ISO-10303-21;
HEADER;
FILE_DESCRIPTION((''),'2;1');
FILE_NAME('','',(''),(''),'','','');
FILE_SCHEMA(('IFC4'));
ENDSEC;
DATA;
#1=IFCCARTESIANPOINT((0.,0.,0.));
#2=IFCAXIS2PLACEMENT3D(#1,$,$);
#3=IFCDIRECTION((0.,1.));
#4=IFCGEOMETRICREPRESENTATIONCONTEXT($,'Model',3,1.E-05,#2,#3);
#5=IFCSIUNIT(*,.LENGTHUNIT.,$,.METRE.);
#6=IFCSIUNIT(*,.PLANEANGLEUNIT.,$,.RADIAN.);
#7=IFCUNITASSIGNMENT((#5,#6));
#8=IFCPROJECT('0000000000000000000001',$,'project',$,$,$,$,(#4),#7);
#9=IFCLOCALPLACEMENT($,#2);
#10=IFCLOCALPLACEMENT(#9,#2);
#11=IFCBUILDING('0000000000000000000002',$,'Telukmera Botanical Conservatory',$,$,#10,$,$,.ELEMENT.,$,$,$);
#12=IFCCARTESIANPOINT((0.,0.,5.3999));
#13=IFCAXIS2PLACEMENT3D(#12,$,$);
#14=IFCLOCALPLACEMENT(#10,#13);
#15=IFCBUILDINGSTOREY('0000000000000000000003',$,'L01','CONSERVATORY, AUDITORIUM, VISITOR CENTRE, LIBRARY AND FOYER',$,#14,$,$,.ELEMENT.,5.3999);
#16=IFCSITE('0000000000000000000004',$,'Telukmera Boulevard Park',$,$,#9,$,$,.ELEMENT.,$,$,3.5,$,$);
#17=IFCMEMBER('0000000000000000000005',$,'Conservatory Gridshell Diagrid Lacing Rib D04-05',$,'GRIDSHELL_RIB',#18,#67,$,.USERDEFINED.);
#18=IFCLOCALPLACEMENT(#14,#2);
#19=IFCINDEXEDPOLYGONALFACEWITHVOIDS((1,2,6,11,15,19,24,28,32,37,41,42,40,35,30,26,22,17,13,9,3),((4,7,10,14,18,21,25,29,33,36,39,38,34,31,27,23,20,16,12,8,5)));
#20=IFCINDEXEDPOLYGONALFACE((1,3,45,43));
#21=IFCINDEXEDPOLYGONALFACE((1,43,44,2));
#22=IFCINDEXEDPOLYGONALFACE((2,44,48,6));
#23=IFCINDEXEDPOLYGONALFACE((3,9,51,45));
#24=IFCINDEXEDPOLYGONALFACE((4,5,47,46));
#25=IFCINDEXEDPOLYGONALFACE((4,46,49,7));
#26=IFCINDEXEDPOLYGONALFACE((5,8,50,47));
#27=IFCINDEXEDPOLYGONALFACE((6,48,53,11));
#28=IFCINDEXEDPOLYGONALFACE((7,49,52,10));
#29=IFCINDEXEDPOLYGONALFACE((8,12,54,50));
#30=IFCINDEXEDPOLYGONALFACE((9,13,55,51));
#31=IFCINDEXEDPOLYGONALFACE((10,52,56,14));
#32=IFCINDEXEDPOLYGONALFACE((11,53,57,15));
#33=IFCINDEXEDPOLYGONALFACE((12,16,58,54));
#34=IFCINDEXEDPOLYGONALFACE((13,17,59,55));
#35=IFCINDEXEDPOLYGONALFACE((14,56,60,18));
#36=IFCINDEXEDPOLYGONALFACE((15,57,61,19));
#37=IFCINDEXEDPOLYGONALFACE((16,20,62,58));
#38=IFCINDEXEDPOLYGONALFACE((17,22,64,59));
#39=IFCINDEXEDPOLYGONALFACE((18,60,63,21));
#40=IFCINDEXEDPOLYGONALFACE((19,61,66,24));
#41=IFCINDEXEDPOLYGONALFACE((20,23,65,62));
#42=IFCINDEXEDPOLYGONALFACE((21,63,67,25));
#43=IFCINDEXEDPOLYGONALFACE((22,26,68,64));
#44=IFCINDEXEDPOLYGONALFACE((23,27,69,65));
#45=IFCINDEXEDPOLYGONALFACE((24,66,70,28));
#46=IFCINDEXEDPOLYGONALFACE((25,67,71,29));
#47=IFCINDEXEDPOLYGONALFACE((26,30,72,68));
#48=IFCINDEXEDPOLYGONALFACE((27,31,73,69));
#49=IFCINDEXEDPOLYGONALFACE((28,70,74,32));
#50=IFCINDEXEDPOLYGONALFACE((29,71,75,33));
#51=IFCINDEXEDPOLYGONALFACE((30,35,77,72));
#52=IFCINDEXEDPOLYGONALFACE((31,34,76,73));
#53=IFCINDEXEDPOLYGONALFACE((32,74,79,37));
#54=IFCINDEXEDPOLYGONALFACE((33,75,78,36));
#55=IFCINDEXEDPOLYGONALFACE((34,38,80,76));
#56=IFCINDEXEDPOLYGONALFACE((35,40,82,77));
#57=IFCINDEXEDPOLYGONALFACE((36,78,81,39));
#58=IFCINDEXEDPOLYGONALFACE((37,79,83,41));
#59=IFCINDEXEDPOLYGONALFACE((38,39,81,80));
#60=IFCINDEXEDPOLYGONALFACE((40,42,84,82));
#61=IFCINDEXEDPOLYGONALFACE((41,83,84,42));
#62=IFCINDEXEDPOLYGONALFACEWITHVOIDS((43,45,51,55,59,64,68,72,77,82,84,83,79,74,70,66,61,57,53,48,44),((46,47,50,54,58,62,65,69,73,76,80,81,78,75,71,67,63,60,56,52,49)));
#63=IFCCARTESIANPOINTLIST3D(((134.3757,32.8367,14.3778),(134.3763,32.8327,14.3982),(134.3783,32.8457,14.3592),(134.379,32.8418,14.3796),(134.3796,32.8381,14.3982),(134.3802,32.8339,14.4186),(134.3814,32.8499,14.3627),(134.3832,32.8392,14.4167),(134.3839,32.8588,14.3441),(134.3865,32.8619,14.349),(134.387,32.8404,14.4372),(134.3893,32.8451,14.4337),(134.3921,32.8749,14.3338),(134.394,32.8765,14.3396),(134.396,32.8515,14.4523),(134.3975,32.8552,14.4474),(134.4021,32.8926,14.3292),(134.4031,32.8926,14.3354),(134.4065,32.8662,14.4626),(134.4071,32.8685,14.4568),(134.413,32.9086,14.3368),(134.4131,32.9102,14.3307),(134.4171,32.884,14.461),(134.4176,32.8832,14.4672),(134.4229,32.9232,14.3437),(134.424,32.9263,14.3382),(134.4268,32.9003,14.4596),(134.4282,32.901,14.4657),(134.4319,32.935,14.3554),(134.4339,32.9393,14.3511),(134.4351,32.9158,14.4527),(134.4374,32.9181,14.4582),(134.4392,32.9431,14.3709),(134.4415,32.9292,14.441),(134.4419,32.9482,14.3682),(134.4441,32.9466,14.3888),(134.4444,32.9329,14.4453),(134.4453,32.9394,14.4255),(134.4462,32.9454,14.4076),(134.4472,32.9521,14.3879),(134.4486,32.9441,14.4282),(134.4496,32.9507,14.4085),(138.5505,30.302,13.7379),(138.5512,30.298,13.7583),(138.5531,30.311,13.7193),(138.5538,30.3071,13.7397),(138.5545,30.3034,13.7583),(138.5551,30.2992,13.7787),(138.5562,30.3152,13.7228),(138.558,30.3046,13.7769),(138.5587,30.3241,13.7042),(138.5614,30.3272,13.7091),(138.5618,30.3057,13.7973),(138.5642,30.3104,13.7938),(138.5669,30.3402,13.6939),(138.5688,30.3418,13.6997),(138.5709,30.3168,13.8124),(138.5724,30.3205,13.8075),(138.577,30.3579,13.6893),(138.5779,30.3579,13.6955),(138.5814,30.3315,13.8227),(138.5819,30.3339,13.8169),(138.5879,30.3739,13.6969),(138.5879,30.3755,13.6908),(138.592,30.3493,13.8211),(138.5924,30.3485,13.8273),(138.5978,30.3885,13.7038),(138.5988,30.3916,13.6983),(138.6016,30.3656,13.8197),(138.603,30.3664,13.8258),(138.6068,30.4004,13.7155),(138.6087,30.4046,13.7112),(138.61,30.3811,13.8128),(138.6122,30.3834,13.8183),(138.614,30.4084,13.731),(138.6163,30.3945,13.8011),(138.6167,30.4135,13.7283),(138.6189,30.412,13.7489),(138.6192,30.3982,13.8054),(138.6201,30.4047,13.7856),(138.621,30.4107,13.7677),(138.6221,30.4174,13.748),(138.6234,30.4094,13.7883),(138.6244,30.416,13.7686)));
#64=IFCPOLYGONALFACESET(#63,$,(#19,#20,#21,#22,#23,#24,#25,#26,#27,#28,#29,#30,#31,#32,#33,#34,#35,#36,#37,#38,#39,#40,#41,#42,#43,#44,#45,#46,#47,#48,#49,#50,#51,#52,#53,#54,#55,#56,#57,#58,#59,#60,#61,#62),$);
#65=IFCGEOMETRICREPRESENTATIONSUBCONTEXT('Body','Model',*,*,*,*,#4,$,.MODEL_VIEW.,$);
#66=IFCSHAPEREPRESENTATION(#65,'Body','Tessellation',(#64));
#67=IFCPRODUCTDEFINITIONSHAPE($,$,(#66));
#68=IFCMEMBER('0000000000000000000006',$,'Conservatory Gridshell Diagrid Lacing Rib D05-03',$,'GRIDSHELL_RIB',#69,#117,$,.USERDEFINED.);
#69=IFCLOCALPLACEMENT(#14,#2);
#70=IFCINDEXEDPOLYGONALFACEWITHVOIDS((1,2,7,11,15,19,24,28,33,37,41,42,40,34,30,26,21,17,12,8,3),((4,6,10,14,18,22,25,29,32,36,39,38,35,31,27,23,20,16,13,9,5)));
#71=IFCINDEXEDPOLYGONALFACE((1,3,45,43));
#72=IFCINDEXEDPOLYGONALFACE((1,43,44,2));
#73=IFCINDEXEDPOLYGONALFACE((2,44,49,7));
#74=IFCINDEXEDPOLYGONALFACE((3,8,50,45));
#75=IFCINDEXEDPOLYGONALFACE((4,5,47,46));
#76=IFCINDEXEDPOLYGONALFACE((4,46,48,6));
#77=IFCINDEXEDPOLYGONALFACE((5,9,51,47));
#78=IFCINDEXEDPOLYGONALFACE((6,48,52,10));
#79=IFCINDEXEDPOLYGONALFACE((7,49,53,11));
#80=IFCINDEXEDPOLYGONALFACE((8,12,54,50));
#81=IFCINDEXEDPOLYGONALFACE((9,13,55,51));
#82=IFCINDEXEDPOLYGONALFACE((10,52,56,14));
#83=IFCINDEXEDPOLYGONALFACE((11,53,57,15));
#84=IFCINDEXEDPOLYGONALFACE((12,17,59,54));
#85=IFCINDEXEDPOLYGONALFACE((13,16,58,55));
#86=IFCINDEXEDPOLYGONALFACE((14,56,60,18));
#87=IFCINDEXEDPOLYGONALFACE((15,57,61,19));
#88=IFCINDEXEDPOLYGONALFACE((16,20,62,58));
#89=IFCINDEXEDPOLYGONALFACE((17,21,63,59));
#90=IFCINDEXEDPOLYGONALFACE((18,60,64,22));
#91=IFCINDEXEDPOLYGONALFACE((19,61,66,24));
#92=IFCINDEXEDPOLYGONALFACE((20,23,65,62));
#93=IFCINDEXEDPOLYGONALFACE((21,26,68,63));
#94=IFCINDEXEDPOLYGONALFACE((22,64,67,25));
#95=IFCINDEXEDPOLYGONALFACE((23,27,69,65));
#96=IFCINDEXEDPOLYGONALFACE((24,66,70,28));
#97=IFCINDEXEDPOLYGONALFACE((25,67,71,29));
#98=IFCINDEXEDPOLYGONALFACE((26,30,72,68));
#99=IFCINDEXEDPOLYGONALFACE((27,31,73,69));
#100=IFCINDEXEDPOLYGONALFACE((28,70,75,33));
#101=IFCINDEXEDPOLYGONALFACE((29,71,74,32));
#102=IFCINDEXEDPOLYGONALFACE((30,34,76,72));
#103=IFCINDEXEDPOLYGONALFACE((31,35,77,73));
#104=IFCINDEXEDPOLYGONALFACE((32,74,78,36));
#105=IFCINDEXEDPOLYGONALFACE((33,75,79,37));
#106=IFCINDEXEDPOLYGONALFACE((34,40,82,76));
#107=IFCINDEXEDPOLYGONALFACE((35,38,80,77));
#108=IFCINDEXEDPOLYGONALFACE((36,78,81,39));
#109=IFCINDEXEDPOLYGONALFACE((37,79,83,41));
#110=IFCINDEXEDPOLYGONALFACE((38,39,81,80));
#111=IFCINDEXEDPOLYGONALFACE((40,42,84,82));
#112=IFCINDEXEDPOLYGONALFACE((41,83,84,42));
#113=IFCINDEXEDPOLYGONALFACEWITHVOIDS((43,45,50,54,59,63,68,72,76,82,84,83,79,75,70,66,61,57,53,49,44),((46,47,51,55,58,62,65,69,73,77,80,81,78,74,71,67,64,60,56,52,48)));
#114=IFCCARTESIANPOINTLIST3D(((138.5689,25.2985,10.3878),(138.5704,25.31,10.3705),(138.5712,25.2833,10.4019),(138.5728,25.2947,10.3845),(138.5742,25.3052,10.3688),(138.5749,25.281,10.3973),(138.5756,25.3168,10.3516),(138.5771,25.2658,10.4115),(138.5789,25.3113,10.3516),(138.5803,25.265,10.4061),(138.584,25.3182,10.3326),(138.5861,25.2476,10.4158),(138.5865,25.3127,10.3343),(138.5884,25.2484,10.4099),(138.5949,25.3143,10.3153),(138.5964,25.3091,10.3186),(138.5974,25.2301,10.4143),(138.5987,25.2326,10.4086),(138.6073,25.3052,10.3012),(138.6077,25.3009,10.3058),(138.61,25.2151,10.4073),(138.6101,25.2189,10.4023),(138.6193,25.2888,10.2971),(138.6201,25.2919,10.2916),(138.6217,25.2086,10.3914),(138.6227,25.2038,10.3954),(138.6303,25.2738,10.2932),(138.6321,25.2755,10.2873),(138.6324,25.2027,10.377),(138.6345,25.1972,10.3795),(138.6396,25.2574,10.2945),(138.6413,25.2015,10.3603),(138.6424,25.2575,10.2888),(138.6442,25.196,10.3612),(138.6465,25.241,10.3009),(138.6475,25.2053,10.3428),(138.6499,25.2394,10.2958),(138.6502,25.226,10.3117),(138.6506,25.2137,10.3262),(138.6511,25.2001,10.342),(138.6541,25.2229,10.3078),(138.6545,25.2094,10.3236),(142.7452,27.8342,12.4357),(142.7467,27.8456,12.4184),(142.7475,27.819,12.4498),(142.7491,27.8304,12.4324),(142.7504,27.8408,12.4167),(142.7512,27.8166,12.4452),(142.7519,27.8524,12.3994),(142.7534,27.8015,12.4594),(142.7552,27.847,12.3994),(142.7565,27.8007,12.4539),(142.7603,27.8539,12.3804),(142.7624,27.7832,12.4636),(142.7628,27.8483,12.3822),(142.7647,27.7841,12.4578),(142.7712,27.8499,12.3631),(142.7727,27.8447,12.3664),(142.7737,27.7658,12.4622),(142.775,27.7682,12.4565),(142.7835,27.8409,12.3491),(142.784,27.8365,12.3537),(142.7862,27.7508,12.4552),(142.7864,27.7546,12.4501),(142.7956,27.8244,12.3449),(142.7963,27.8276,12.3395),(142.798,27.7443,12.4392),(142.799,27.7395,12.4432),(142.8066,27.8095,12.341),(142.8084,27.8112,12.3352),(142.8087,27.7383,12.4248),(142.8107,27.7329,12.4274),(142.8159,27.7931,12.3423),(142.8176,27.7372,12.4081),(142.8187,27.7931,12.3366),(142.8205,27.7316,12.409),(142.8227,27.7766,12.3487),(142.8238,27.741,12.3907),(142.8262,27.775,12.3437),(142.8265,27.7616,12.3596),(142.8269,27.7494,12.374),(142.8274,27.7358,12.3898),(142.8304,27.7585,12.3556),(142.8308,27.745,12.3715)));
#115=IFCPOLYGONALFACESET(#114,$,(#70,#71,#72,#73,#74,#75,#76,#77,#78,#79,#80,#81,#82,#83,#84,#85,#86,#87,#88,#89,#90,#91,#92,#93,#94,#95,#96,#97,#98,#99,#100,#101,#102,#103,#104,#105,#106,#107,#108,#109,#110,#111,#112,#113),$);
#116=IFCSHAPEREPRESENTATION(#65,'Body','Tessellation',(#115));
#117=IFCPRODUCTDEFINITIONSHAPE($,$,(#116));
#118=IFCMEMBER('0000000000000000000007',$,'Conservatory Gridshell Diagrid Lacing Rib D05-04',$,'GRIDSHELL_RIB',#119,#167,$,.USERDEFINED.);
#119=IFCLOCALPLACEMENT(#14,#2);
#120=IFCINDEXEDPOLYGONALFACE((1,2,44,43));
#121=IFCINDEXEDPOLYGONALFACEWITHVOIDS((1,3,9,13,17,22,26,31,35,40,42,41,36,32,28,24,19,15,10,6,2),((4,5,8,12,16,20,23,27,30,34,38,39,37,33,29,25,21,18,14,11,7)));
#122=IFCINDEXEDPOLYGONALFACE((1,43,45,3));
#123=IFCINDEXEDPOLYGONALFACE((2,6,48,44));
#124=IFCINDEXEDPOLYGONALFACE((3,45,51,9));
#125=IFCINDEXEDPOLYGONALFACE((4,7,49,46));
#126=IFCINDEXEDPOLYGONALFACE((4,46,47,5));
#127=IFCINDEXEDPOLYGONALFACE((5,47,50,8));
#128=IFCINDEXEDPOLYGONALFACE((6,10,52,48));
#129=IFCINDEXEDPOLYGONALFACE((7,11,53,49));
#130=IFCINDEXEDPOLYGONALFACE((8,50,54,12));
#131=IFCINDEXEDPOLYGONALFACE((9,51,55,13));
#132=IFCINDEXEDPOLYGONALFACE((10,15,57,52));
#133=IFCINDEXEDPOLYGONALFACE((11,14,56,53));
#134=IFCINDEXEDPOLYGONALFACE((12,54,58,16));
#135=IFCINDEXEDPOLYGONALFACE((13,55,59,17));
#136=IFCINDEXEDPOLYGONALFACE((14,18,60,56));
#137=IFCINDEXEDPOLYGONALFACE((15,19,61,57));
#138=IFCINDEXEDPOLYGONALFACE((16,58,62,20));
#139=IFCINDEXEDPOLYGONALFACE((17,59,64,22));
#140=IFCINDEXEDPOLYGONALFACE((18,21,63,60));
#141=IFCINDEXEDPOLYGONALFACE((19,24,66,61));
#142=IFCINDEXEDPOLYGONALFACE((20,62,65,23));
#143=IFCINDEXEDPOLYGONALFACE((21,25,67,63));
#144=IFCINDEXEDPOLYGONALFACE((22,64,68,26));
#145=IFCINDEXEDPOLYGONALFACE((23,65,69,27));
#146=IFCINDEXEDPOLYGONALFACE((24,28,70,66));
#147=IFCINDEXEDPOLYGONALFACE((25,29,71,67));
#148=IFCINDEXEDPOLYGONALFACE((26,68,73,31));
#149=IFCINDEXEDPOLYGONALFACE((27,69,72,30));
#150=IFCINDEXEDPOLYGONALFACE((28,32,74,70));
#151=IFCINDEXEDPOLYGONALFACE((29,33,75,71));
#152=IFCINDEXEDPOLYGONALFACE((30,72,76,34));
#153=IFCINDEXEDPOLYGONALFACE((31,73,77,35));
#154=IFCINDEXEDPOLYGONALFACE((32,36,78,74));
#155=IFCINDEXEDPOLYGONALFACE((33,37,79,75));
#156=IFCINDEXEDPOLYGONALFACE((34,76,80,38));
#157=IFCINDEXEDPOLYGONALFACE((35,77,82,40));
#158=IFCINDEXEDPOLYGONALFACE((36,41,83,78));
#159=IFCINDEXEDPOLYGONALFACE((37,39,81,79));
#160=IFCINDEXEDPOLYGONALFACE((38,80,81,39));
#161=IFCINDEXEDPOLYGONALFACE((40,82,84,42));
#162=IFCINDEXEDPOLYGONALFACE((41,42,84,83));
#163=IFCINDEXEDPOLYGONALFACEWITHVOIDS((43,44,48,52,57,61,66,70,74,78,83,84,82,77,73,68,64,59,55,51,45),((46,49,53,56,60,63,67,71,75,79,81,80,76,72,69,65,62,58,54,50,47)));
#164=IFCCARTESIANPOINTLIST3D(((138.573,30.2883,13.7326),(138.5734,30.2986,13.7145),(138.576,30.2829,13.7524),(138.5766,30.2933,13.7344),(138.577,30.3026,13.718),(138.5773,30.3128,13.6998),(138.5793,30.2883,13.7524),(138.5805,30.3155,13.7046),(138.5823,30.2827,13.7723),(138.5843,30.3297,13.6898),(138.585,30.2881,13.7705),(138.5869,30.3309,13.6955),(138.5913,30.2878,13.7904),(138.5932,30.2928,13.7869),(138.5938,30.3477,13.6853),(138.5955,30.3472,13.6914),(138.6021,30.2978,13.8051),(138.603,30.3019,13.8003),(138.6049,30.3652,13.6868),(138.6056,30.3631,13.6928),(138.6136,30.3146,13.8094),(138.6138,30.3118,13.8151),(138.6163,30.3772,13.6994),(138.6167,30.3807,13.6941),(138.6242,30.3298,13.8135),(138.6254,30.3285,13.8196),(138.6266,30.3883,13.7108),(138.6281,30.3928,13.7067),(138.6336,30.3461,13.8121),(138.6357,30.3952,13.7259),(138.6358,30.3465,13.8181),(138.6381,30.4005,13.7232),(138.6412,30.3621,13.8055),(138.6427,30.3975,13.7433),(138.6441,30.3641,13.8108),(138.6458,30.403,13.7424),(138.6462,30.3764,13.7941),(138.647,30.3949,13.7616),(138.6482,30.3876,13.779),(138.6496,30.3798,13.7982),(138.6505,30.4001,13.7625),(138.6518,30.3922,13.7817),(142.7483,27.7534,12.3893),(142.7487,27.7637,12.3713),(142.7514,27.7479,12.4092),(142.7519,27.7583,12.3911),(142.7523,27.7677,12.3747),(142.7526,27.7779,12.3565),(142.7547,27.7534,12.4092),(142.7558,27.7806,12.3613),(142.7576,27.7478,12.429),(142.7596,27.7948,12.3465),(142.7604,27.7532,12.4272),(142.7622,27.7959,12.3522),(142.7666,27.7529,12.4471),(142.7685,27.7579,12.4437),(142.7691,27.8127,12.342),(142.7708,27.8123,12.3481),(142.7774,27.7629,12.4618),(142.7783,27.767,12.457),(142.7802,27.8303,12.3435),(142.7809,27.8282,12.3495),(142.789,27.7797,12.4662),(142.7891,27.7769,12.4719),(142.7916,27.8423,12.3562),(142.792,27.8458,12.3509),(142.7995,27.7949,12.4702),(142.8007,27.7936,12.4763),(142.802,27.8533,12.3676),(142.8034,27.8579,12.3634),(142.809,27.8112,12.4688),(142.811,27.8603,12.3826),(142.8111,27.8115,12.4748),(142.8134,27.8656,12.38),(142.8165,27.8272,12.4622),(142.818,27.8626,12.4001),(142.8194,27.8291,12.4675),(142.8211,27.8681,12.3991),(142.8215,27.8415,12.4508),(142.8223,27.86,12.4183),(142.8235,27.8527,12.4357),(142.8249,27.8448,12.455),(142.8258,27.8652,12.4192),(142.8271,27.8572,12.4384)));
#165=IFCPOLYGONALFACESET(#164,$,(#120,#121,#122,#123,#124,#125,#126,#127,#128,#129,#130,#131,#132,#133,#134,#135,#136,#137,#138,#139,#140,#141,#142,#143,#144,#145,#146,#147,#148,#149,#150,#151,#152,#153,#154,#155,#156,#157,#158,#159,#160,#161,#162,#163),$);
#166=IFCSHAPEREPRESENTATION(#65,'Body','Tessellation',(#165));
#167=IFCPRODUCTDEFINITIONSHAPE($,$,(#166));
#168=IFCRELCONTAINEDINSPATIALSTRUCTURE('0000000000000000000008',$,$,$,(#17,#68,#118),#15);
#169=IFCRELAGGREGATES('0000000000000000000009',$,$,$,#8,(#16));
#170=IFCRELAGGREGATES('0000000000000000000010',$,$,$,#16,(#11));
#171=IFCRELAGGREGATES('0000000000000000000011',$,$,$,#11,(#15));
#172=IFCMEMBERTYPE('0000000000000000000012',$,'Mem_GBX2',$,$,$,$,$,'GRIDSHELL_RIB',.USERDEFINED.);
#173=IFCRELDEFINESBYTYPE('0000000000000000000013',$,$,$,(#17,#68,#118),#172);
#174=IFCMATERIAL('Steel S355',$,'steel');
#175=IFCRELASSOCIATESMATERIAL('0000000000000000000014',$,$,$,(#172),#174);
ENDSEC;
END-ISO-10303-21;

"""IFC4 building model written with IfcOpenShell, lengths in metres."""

from ifc_helpers import new_model, si_unit, direction, frame, origin, origin_2d, place, context, subcontext, project, spatial, hollow_circle, extrude, material, material_profile, profile_set, type_object, element, save


model = new_model("IFC4")

# Units and contexts
model_context = context("Model", 3, precision=1e-05, world=origin(), true_north=direction((0.0, 1.0)))
body_context = subcontext(model_context, "Body", "Model", "MODEL_VIEW")
ifc_project = project(units=[si_unit("LENGTHUNIT", "METRE"), si_unit("PLANEANGLEUNIT", "RADIAN")], contexts=[model_context])

# Site, building, storey
site_placement = place(None, origin())
site = spatial("IfcSite", under=ifc_project, at=site_placement, Name="Telukmera Boulevard Park", CompositionType="ELEMENT", RefElevation=3.5)
building_placement = place(site_placement, origin())
building = spatial("IfcBuilding", under=site, at=building_placement, Name="Telukmera Botanical Conservatory", CompositionType="ELEMENT")
storey_placement = place(building_placement, frame((0.0, 0.0, 5.3999)))
storey = spatial("IfcBuildingStorey", under=building, at=storey_placement, Name="L01", Description="CONSERVATORY, AUDITORIUM, VISITOR CENTRE, LIBRARY AND FOYER", CompositionType="ELEMENT", Elevation=5.3999)

# Shared definitions
ifc_material = material(Name="Steel S355", Category="steel")

# Members
ifc_material_profile_1 = material_profile(ifc_material, hollow_circle(Radius=0.0698, WallThickness=0.0063, at=origin_2d()), Name="CHS 139.7x6.3")
ifc_profile_set_1 = profile_set([ifc_material_profile_1], Name="Steel S355")
member_type_1 = type_object("IfcMemberType", Name="Mem_GBX2", ElementType="GRIDSHELL_RIB", PredefinedType="USERDEFINED", material=ifc_profile_set_1)
member_1_placement = place(storey_placement, frame((138.5874, 30.3577, 13.7583), z_axis=(-0.847547, 0.514575, 0.129908), x_axis=(-0.518973, -0.854791, 0.0)))
element("IfcMember", 1, at=member_1_placement, inside=storey, type_object=member_type_1, Name="Conservatory Gridshell Diagrid Lacing Rib D04-05", ObjectType="GRIDSHELL_RIB", PredefinedType="USERDEFINED", context=body_context, shape_type="SweptSolid", body=[
    extrude(hollow_circle(Radius=0.0698, WallThickness=0.0063, at=origin_2d()), origin(), (0.0, 0.0, 1.0), 4.9258),
])
member_2_placement = place(storey_placement, frame((138.6118, 25.2571, 10.3516), z_axis=(0.788334, 0.478642, 0.386563), x_axis=(-0.518986, 0.854783, 0.0)))
element("IfcMember", 2, at=member_2_placement, inside=storey, type_object=member_type_1, Name="Conservatory Gridshell Diagrid Lacing Rib D05-03", ObjectType="GRIDSHELL_RIB", PredefinedType="USERDEFINED", context=body_context, shape_type="SweptSolid", body=[
    extrude(hollow_circle(Radius=0.0698, WallThickness=0.0063, at=origin_2d()), origin(), (0.0, 0.0, 1.0), 5.2976),
])
member_3_placement = place(storey_placement, frame((142.7876, 27.8076, 12.4092), z_axis=(-0.824198, 0.500389, 0.265158), x_axis=(-0.518965, -0.854795, 0.0)))
element("IfcMember", 3, at=member_3_placement, inside=storey, type_object=member_type_1, Name="Conservatory Gridshell Diagrid Lacing Rib D05-04", ObjectType="GRIDSHELL_RIB", PredefinedType="USERDEFINED", context=body_context, shape_type="SweptSolid", body=[
    extrude(hollow_circle(Radius=0.0698, WallThickness=0.0063, at=origin_2d()), origin(), (0.0, 0.0, 1.0), 5.0659),
])

save(model, "model.ifc")
